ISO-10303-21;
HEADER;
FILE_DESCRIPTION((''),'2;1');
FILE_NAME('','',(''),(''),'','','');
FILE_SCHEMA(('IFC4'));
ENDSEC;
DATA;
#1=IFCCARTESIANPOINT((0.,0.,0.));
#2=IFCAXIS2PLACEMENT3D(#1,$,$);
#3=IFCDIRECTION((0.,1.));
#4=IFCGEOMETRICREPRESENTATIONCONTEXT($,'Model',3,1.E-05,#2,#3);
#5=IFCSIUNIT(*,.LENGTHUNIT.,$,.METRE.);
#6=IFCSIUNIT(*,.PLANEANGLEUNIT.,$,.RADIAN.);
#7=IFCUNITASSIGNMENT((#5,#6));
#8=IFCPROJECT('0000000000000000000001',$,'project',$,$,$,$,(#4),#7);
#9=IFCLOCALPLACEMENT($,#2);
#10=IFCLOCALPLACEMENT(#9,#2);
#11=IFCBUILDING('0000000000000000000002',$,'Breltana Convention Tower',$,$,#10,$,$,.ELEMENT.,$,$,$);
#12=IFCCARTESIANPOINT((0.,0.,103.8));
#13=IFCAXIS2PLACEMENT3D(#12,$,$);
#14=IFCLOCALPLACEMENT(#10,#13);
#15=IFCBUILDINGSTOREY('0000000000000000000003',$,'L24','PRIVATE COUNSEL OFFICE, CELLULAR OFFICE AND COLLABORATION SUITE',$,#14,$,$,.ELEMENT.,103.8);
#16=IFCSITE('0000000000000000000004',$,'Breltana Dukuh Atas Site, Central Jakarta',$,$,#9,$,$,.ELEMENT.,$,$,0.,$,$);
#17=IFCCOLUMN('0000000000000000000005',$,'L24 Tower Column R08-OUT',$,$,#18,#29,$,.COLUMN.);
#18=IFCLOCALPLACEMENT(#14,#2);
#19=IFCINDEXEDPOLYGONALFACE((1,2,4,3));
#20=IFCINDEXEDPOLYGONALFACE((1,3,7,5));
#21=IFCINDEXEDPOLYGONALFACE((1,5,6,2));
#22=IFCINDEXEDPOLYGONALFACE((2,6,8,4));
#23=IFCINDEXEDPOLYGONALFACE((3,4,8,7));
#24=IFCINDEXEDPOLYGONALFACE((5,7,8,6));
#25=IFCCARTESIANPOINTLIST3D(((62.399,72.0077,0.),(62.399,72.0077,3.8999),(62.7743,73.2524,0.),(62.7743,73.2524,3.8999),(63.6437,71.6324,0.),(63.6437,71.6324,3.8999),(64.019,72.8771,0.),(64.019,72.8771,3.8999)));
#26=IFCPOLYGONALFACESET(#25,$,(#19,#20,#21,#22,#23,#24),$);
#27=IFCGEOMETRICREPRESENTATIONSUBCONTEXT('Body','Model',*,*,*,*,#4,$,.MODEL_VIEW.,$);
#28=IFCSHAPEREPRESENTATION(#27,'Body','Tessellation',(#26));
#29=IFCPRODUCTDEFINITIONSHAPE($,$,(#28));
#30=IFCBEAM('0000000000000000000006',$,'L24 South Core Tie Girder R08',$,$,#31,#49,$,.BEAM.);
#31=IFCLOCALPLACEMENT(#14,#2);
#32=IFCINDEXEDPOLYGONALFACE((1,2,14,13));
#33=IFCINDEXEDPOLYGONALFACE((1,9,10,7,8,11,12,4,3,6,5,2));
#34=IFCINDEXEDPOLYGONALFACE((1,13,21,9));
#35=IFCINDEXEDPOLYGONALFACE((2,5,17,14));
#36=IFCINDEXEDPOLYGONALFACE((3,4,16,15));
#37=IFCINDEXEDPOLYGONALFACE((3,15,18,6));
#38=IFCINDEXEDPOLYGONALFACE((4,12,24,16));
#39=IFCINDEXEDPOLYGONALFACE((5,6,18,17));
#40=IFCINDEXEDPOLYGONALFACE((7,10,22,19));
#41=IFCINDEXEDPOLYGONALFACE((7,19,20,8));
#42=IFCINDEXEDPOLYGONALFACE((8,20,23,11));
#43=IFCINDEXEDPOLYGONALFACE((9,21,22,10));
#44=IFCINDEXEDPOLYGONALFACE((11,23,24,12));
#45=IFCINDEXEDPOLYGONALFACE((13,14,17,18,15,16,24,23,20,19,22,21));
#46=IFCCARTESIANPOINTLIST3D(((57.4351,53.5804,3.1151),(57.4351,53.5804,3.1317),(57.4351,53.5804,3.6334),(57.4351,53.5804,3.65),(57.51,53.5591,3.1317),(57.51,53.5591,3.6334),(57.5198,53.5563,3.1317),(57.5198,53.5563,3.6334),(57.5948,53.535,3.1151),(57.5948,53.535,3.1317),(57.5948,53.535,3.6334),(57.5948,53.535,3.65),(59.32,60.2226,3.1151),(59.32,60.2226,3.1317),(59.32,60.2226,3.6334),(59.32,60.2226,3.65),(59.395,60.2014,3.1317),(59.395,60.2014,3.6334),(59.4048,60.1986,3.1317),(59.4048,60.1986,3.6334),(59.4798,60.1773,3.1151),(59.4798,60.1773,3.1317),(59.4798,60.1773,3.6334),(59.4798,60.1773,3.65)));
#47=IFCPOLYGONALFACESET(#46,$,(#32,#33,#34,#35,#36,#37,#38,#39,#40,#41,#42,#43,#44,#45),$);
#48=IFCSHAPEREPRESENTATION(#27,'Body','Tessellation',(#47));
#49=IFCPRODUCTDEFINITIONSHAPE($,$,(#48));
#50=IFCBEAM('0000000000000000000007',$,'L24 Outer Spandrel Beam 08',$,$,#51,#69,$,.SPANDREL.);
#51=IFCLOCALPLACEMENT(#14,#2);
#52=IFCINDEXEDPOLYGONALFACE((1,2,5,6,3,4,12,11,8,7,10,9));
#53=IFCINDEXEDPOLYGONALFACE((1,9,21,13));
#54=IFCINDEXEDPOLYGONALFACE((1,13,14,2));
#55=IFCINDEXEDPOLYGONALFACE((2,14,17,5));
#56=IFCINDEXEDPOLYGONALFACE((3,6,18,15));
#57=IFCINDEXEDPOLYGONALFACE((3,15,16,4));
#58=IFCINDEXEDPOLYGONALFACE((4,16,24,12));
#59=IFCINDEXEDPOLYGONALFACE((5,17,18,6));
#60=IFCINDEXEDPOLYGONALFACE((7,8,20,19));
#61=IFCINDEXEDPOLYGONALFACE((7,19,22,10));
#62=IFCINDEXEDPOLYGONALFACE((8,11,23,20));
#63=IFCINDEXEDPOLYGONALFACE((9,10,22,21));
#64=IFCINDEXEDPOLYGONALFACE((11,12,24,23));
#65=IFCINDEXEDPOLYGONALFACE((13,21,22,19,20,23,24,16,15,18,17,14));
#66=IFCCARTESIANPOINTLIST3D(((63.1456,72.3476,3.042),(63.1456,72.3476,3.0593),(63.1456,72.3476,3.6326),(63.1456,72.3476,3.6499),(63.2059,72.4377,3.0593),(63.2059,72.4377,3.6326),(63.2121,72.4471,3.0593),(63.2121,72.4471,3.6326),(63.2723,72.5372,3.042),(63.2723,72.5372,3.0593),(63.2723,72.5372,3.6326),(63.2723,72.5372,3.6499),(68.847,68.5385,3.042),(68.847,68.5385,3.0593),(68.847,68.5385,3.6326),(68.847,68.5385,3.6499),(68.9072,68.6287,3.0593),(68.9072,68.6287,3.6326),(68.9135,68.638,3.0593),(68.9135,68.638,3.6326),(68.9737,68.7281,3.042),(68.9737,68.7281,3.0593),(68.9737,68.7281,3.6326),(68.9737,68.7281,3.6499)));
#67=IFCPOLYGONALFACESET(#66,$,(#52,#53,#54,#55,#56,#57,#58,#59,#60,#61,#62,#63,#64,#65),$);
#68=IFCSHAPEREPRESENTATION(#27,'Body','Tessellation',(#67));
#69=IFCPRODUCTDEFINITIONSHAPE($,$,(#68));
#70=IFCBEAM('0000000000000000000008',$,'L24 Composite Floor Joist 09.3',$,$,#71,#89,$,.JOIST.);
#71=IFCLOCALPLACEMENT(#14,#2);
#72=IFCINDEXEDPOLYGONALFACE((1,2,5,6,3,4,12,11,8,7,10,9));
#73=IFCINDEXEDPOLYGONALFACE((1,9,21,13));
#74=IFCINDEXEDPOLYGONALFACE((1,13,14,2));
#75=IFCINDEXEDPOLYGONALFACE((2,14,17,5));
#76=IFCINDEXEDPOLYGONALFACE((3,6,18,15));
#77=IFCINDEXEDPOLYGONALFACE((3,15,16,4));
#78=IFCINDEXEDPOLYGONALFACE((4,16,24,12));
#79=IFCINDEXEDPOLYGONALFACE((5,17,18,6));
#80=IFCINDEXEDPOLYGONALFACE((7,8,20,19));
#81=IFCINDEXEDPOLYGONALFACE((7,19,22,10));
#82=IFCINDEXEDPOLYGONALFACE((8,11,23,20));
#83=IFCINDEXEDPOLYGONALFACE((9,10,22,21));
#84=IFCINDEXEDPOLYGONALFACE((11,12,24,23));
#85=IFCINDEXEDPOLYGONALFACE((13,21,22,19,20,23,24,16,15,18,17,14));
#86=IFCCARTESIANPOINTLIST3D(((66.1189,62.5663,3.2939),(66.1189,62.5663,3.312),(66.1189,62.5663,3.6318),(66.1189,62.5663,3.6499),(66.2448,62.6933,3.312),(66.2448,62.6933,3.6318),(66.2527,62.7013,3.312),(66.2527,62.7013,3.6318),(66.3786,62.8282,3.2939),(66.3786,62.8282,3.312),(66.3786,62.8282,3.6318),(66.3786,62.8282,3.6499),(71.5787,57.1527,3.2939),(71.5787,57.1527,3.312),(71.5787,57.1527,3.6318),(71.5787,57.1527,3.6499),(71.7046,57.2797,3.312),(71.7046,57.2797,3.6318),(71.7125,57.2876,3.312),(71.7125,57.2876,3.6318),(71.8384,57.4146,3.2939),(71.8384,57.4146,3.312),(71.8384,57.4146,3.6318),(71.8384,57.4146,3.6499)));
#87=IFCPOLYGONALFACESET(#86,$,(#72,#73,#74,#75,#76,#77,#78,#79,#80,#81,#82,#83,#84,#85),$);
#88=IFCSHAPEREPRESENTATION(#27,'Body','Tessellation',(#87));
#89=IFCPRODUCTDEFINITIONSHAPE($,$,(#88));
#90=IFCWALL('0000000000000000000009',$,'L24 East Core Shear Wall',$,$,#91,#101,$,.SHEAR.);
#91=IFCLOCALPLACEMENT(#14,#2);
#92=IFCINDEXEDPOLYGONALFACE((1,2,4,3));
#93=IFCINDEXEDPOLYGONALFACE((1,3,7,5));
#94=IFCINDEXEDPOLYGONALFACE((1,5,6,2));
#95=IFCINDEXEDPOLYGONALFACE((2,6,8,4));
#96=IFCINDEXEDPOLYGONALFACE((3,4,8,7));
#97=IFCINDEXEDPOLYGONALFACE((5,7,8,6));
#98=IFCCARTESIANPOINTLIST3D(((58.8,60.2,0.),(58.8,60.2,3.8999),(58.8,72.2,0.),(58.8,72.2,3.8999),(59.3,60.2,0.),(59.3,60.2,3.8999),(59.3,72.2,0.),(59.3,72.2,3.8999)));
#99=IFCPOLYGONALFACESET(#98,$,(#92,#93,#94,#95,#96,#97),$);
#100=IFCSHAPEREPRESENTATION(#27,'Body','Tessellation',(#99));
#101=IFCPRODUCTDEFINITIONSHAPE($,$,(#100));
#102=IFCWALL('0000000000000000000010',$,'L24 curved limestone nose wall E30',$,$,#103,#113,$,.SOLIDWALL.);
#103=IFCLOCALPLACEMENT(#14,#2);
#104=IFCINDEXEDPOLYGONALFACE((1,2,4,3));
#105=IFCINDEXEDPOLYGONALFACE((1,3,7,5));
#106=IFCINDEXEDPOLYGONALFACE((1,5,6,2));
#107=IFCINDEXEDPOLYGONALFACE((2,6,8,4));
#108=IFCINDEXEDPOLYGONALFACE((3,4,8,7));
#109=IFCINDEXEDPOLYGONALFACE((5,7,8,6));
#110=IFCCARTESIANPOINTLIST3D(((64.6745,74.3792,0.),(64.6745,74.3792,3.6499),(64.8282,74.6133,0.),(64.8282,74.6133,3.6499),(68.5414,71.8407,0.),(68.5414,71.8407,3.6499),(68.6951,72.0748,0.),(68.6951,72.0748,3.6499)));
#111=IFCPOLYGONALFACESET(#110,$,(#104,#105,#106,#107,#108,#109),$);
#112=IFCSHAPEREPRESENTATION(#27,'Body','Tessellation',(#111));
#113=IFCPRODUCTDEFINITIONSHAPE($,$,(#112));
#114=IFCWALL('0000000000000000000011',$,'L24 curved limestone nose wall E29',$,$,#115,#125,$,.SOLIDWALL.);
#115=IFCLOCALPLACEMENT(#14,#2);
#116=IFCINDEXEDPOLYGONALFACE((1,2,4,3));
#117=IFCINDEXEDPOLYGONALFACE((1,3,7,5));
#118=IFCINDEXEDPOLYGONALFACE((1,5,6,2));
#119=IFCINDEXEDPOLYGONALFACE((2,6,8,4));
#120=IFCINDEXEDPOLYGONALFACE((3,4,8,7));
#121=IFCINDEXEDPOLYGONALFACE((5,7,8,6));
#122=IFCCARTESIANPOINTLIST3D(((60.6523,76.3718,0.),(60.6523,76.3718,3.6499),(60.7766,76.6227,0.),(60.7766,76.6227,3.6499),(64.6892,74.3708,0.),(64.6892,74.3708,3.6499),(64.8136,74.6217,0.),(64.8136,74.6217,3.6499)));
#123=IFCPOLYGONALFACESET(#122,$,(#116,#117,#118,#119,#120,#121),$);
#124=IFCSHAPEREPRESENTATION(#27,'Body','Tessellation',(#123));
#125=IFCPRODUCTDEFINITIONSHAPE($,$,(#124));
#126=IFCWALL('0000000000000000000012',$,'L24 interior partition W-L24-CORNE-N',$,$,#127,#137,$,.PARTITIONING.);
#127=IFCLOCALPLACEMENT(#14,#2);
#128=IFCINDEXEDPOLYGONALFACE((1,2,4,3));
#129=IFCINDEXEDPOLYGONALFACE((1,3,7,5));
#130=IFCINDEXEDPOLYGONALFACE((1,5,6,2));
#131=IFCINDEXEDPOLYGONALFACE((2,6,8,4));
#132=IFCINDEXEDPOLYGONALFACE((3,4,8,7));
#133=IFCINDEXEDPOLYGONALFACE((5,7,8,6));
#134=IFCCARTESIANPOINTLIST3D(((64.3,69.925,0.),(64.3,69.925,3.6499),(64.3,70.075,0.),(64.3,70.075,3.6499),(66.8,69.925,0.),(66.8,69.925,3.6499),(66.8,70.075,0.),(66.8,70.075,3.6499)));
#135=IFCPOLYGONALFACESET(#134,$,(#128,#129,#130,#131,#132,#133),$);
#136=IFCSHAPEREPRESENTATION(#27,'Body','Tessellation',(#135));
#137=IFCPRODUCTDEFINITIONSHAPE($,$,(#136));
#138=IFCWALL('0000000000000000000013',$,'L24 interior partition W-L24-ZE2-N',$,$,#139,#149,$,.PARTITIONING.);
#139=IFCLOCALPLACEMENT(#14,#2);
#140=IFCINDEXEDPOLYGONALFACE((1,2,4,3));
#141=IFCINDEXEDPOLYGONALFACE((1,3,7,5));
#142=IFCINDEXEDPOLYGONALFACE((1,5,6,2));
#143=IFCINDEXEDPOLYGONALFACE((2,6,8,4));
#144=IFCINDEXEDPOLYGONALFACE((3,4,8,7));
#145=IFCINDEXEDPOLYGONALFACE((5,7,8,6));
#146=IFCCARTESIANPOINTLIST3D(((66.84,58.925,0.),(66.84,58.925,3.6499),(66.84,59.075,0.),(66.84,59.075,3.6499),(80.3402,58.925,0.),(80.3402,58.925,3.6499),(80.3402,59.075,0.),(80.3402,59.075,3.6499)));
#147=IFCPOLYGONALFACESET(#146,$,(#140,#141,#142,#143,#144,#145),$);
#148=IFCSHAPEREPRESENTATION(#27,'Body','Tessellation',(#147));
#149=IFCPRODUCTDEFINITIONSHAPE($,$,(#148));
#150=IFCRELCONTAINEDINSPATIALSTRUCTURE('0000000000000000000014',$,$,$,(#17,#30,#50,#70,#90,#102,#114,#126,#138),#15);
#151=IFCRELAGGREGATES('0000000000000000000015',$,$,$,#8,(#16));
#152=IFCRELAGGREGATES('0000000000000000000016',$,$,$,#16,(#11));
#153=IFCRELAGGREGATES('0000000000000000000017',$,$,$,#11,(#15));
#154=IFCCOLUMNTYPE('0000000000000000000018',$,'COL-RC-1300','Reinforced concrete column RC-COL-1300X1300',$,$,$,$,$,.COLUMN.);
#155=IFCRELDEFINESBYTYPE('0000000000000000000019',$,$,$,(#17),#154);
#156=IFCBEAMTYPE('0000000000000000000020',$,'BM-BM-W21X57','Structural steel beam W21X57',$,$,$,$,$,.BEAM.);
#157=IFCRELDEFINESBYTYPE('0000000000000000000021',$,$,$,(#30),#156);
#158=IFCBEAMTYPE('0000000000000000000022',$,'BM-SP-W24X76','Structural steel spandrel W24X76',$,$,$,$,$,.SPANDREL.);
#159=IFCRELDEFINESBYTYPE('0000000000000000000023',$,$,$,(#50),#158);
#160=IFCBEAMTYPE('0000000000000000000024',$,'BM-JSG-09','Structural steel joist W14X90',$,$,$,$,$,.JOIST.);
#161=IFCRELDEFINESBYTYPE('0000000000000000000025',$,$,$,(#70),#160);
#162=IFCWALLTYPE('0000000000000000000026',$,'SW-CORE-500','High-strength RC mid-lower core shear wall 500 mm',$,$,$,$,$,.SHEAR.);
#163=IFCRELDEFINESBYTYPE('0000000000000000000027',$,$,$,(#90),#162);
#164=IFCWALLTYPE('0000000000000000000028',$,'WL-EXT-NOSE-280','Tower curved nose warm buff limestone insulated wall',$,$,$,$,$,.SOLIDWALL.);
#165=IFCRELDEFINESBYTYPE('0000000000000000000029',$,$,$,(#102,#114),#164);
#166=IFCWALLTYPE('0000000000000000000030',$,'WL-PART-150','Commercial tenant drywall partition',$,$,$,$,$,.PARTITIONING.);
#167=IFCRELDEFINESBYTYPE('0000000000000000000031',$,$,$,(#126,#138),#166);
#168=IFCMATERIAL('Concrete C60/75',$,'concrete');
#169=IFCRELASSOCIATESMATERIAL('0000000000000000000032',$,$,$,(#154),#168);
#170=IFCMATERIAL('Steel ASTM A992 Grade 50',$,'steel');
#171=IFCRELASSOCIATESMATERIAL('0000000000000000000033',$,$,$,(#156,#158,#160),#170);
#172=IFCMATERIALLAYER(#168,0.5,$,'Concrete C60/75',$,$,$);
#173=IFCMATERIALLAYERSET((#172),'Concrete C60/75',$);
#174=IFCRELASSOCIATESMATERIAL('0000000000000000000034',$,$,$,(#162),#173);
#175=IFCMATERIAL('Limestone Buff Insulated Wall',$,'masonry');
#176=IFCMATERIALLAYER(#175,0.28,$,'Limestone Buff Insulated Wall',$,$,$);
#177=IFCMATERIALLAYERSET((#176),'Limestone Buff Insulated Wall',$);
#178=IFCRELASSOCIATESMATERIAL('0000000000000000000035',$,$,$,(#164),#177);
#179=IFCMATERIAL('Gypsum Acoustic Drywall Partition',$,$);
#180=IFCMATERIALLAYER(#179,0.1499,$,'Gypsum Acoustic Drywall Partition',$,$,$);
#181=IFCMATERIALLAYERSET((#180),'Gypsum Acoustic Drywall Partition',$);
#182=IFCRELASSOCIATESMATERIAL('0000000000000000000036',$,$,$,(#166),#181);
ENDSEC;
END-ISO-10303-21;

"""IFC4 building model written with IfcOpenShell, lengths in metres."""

from ifc_helpers import new_model, si_unit, direction, frame, frame_2d, origin, origin_2d, place, context, subcontext, project, spatial, rectangle, i_section, extrude, source, transform, mapped, material, layer, layer_set, material_profile, profile_set, type_object, type_shapes, element, save


model = new_model("IFC4")

# Units and contexts
model_context = context("Model", 3, precision=1e-05, world=origin(), true_north=direction((0.0, 1.0)))
body_context = subcontext(model_context, "Body", "Model", "MODEL_VIEW")
ifc_project = project(units=[si_unit("LENGTHUNIT", "METRE"), si_unit("PLANEANGLEUNIT", "RADIAN")], contexts=[model_context])

# Site, building, storey
site_placement = place(None, origin())
site = spatial("IfcSite", under=ifc_project, at=site_placement, Name="Breltana Dukuh Atas Site, Central Jakarta", CompositionType="ELEMENT", RefElevation=0.0)
building_placement = place(site_placement, origin())
building = spatial("IfcBuilding", under=site, at=building_placement, Name="Breltana Convention Tower", CompositionType="ELEMENT")
storey_placement = place(building_placement, frame((0.0, 0.0, 103.8)))
storey = spatial("IfcBuildingStorey", under=building, at=storey_placement, Name="L24", Description="PRIVATE COUNSEL OFFICE, CELLULAR OFFICE AND COLLABORATION SUITE", CompositionType="ELEMENT", Elevation=103.8)

# Column
ifc_material_1 = material(Name="Concrete C60/75", Category="concrete")
ifc_material_profile_1 = material_profile(ifc_material_1, rectangle(XDim=1.3, YDim=1.3, at=origin_2d()), Name="RC-COL-1300X1300")
ifc_profile_set_1 = profile_set([ifc_material_profile_1], Name="Concrete C60/75")
column_type = type_object("IfcColumnType", Name="COL-RC-1300", Description="Reinforced concrete column RC-COL-1300X1300", PredefinedType="COLUMN", material=ifc_profile_set_1)
shared_shape_1 = source(origin(), body_context, "Body", "SweptSolid", [
    extrude(rectangle(XDim=1.3, YDim=1.3, at=origin_2d()), origin(), (0.0, 0.0, 1.0), 3.8999),
])
column_placement = place(storey_placement, frame((63.209, 72.4424, 0.0), z_axis=(0.0, 0.0, 1.0), x_axis=(0.288698, 0.95742, 0.0)))
element("IfcColumn", 1, at=column_placement, inside=storey, type_object=column_type, Name="L24 Tower Column R08-OUT", PredefinedType="COLUMN", context=body_context, shape_type="MappedRepresentation", body=[
    mapped(shared_shape_1, transform((0.0, 0.0, 0.0), scale=1.0)),
])

# Beams
ifc_material_2 = material(Name="Steel ASTM A992 Grade 50", Category="steel")
ifc_material_profile_2 = material_profile(ifc_material_2, i_section(OverallWidth=0.166, OverallDepth=0.5349, WebThickness=0.0103, FlangeThickness=0.0166, at=origin_2d()), Name="W21X57")
ifc_profile_set_2 = profile_set([ifc_material_profile_2], Name="Steel ASTM A992 Grade 50")
beam_type_1 = type_object("IfcBeamType", Name="BM-BM-W21X57", Description="Structural steel beam W21X57", PredefinedType="BEAM", material=ifc_profile_set_2)
shared_shape_2 = source(origin(), body_context, "Body", "SweptSolid", [
    extrude(i_section(OverallWidth=0.166, OverallDepth=0.5349, WebThickness=0.0103, FlangeThickness=0.0166, at=origin_2d()), origin(), (0.0, 0.0, 1.0), 6.9045),
])
type_shapes(beam_type_1, [shared_shape_2])
beam_1_placement = place(storey_placement, frame((59.3999, 60.2, 3.3826), z_axis=(-0.273007, -0.962012, 0.0), x_axis=(0.962012, -0.273007, 0.0)))
element("IfcBeam", 2, at=beam_1_placement, inside=storey, type_object=beam_type_1, Name="L24 South Core Tie Girder R08", PredefinedType="BEAM", context=body_context, shape_type="MappedRepresentation", body=[
    mapped(shared_shape_2, transform((0.0, 0.0, 0.0), scale=1.0)),
])
ifc_material_profile_3 = material_profile(ifc_material_2, i_section(OverallWidth=0.228, OverallDepth=0.6079, WebThickness=0.0112, FlangeThickness=0.0173, at=origin_2d()), Name="W24X76")
ifc_profile_set_3 = profile_set([ifc_material_profile_3], Name="Steel ASTM A992 Grade 50")
beam_type_2 = type_object("IfcBeamType", Name="BM-SP-W24X76", Description="Structural steel spandrel W24X76", PredefinedType="SPANDREL", material=ifc_profile_set_3)
shared_shape_3 = source(origin(), body_context, "Body", "SweptSolid", [
    extrude(i_section(OverallWidth=0.228, OverallDepth=0.6079, WebThickness=0.0112, FlangeThickness=0.0173, at=origin_2d()), origin(), (0.0, 0.0, 1.0), 6.8567),
])
beam_2_placement = place(storey_placement, frame((63.209, 72.4424, 3.3459), z_axis=(0.831502, -0.555522, 0.0), x_axis=(0.555522, 0.831502, 0.0)))
element("IfcBeam", 3, at=beam_2_placement, inside=storey, type_object=beam_type_2, Name="L24 Outer Spandrel Beam 08", PredefinedType="SPANDREL", context=body_context, shape_type="MappedRepresentation", body=[
    mapped(shared_shape_3, transform((0.0, 0.0, 0.0), scale=1.0)),
])
ifc_material_profile_4 = material_profile(ifc_material_2, i_section(OverallWidth=0.3689, OverallDepth=0.356, WebThickness=0.0112, FlangeThickness=0.0181, at=origin_2d()), Name="W14X90")
ifc_profile_set_4 = profile_set([ifc_material_profile_4], Name="Steel ASTM A992 Grade 50")
beam_type_3 = type_object("IfcBeamType", Name="BM-JSG-09", Description="Structural steel joist W14X90", PredefinedType="JOIST", material=ifc_profile_set_4)
shared_shape_4 = source(origin(), body_context, "Body", "SweptSolid", [
    extrude(i_section(OverallWidth=0.3689, OverallDepth=0.356, WebThickness=0.0112, FlangeThickness=0.0181, at=origin_2d()), origin(), (0.0, 0.0, 1.0), 7.6887),
])
beam_3_placement = place(storey_placement, frame((66.2488, 62.6973, 3.4719), z_axis=(0.710101, -0.7041, 0.0), x_axis=(0.7041, 0.710101, 0.0)))
element("IfcBeam", 4, at=beam_3_placement, inside=storey, type_object=beam_type_3, Name="L24 Composite Floor Joist 09.3", PredefinedType="JOIST", context=body_context, shape_type="MappedRepresentation", body=[
    mapped(shared_shape_4, transform((0.0, 0.0, 0.0), scale=1.0)),
])

# Walls
ifc_layer_1 = layer(ifc_material_1, 0.5, Name="Concrete C60/75")
ifc_layer_set_1 = layer_set([ifc_layer_1], Name="Concrete C60/75")
wall_type_1 = type_object("IfcWallType", Name="SW-CORE-500", Description="High-strength RC mid-lower core shear wall 500 mm", PredefinedType="SHEAR", material=ifc_layer_set_1)
shared_shape_5 = source(origin(), body_context, "Body", "SweptSolid", [
    extrude(rectangle(XDim=12.0, YDim=0.5, at=frame_2d((6.0, 0.0))), origin(), (0.0, 0.0, 1.0), 3.8999),
])
wall_1_placement = place(storey_placement, frame((59.05, 60.2, 0.0), z_axis=(0.0, 0.0, 1.0), x_axis=(0.0, 1.0, 0.0)))
element("IfcWall", 5, at=wall_1_placement, inside=storey, type_object=wall_type_1, Name="L24 East Core Shear Wall", PredefinedType="SHEAR", context=body_context, shape_type="MappedRepresentation", body=[
    mapped(shared_shape_5, transform((0.0, 0.0, 0.0), scale=1.0)),
])
ifc_material_3 = material(Name="Limestone Buff Insulated Wall", Category="masonry")
ifc_layer_2 = layer(ifc_material_3, 0.28, Name="Limestone Buff Insulated Wall")
ifc_layer_set_2 = layer_set([ifc_layer_2], Name="Limestone Buff Insulated Wall")
wall_type_2 = type_object("IfcWallType", Name="WL-EXT-NOSE-280", Description="Tower curved nose warm buff limestone insulated wall", PredefinedType="SOLIDWALL", material=ifc_layer_set_2)
shared_shape_6 = source(origin(), body_context, "Body", "SweptSolid", [
    extrude(rectangle(XDim=4.6257, YDim=0.28, at=frame_2d((2.313, 0.0))), origin(), (0.0, 0.0, 1.0), 3.6499),
])
wall_2_placement = place(storey_placement, frame((64.7512, 74.4963, 0.0), z_axis=(0.0, 0.0, 1.0), x_axis=(0.835959, -0.548791, 0.0)))
element("IfcWall", 6, at=wall_2_placement, inside=storey, type_object=wall_type_2, Name="L24 curved limestone nose wall E30", PredefinedType="SOLIDWALL", context=body_context, shape_type="MappedRepresentation", body=[
    mapped(shared_shape_6, transform((0.0, 0.0, 0.0), scale=1.0)),
])
shared_shape_7 = source(origin(), body_context, "Body", "SweptSolid", [
    extrude(rectangle(XDim=4.5056, YDim=0.28, at=frame_2d((2.2529, 0.0))), origin(), (0.0, 0.0, 1.0), 3.6499),
])
wall_3_placement = place(storey_placement, frame((60.7144, 76.4973, 0.0), z_axis=(0.0, 0.0, 1.0), x_axis=(0.895972, -0.444111, 0.0)))
element("IfcWall", 7, at=wall_3_placement, inside=storey, type_object=wall_type_2, Name="L24 curved limestone nose wall E29", PredefinedType="SOLIDWALL", context=body_context, shape_type="MappedRepresentation", body=[
    mapped(shared_shape_7, transform((0.0, 0.0, 0.0), scale=1.0)),
])
ifc_material_4 = material(Name="Gypsum Acoustic Drywall Partition")
ifc_layer_3 = layer(ifc_material_4, 0.1499, Name="Gypsum Acoustic Drywall Partition")
ifc_layer_set_3 = layer_set([ifc_layer_3], Name="Gypsum Acoustic Drywall Partition")
wall_type_3 = type_object("IfcWallType", Name="WL-PART-150", Description="Commercial tenant drywall partition", PredefinedType="PARTITIONING", material=ifc_layer_set_3)
shared_shape_8 = source(origin(), body_context, "Body", "SweptSolid", [
    extrude(rectangle(XDim=2.5, YDim=0.1499, at=frame_2d((1.25, 0.0))), origin(), (0.0, 0.0, 1.0), 3.6499),
])
wall_4_placement = place(storey_placement, frame((64.3, 70.0, 0.0), z_axis=(0.0, 0.0, 1.0), x_axis=(1.0, 0.0, 0.0)))
element("IfcWall", 8, at=wall_4_placement, inside=storey, type_object=wall_type_3, Name="L24 interior partition W-L24-CORNE-N", PredefinedType="PARTITIONING", context=body_context, shape_type="MappedRepresentation", body=[
    mapped(shared_shape_8, transform((0.0, 0.0, 0.0), scale=1.0)),
])
shared_shape_9 = source(origin(), body_context, "Body", "SweptSolid", [
    extrude(rectangle(XDim=13.5002, YDim=0.1499, at=frame_2d((6.75, 0.0))), origin(), (0.0, 0.0, 1.0), 3.6499),
])
wall_5_placement = place(storey_placement, frame((66.8401, 59.0, 0.0), z_axis=(0.0, 0.0, 1.0), x_axis=(1.0, 0.0, 0.0)))
element("IfcWall", 9, at=wall_5_placement, inside=storey, type_object=wall_type_3, Name="L24 interior partition W-L24-ZE2-N", PredefinedType="PARTITIONING", context=body_context, shape_type="MappedRepresentation", body=[
    mapped(shared_shape_9, transform((0.0, 0.0, 0.0), scale=1.0)),
])

save(model, "model.ifc")
